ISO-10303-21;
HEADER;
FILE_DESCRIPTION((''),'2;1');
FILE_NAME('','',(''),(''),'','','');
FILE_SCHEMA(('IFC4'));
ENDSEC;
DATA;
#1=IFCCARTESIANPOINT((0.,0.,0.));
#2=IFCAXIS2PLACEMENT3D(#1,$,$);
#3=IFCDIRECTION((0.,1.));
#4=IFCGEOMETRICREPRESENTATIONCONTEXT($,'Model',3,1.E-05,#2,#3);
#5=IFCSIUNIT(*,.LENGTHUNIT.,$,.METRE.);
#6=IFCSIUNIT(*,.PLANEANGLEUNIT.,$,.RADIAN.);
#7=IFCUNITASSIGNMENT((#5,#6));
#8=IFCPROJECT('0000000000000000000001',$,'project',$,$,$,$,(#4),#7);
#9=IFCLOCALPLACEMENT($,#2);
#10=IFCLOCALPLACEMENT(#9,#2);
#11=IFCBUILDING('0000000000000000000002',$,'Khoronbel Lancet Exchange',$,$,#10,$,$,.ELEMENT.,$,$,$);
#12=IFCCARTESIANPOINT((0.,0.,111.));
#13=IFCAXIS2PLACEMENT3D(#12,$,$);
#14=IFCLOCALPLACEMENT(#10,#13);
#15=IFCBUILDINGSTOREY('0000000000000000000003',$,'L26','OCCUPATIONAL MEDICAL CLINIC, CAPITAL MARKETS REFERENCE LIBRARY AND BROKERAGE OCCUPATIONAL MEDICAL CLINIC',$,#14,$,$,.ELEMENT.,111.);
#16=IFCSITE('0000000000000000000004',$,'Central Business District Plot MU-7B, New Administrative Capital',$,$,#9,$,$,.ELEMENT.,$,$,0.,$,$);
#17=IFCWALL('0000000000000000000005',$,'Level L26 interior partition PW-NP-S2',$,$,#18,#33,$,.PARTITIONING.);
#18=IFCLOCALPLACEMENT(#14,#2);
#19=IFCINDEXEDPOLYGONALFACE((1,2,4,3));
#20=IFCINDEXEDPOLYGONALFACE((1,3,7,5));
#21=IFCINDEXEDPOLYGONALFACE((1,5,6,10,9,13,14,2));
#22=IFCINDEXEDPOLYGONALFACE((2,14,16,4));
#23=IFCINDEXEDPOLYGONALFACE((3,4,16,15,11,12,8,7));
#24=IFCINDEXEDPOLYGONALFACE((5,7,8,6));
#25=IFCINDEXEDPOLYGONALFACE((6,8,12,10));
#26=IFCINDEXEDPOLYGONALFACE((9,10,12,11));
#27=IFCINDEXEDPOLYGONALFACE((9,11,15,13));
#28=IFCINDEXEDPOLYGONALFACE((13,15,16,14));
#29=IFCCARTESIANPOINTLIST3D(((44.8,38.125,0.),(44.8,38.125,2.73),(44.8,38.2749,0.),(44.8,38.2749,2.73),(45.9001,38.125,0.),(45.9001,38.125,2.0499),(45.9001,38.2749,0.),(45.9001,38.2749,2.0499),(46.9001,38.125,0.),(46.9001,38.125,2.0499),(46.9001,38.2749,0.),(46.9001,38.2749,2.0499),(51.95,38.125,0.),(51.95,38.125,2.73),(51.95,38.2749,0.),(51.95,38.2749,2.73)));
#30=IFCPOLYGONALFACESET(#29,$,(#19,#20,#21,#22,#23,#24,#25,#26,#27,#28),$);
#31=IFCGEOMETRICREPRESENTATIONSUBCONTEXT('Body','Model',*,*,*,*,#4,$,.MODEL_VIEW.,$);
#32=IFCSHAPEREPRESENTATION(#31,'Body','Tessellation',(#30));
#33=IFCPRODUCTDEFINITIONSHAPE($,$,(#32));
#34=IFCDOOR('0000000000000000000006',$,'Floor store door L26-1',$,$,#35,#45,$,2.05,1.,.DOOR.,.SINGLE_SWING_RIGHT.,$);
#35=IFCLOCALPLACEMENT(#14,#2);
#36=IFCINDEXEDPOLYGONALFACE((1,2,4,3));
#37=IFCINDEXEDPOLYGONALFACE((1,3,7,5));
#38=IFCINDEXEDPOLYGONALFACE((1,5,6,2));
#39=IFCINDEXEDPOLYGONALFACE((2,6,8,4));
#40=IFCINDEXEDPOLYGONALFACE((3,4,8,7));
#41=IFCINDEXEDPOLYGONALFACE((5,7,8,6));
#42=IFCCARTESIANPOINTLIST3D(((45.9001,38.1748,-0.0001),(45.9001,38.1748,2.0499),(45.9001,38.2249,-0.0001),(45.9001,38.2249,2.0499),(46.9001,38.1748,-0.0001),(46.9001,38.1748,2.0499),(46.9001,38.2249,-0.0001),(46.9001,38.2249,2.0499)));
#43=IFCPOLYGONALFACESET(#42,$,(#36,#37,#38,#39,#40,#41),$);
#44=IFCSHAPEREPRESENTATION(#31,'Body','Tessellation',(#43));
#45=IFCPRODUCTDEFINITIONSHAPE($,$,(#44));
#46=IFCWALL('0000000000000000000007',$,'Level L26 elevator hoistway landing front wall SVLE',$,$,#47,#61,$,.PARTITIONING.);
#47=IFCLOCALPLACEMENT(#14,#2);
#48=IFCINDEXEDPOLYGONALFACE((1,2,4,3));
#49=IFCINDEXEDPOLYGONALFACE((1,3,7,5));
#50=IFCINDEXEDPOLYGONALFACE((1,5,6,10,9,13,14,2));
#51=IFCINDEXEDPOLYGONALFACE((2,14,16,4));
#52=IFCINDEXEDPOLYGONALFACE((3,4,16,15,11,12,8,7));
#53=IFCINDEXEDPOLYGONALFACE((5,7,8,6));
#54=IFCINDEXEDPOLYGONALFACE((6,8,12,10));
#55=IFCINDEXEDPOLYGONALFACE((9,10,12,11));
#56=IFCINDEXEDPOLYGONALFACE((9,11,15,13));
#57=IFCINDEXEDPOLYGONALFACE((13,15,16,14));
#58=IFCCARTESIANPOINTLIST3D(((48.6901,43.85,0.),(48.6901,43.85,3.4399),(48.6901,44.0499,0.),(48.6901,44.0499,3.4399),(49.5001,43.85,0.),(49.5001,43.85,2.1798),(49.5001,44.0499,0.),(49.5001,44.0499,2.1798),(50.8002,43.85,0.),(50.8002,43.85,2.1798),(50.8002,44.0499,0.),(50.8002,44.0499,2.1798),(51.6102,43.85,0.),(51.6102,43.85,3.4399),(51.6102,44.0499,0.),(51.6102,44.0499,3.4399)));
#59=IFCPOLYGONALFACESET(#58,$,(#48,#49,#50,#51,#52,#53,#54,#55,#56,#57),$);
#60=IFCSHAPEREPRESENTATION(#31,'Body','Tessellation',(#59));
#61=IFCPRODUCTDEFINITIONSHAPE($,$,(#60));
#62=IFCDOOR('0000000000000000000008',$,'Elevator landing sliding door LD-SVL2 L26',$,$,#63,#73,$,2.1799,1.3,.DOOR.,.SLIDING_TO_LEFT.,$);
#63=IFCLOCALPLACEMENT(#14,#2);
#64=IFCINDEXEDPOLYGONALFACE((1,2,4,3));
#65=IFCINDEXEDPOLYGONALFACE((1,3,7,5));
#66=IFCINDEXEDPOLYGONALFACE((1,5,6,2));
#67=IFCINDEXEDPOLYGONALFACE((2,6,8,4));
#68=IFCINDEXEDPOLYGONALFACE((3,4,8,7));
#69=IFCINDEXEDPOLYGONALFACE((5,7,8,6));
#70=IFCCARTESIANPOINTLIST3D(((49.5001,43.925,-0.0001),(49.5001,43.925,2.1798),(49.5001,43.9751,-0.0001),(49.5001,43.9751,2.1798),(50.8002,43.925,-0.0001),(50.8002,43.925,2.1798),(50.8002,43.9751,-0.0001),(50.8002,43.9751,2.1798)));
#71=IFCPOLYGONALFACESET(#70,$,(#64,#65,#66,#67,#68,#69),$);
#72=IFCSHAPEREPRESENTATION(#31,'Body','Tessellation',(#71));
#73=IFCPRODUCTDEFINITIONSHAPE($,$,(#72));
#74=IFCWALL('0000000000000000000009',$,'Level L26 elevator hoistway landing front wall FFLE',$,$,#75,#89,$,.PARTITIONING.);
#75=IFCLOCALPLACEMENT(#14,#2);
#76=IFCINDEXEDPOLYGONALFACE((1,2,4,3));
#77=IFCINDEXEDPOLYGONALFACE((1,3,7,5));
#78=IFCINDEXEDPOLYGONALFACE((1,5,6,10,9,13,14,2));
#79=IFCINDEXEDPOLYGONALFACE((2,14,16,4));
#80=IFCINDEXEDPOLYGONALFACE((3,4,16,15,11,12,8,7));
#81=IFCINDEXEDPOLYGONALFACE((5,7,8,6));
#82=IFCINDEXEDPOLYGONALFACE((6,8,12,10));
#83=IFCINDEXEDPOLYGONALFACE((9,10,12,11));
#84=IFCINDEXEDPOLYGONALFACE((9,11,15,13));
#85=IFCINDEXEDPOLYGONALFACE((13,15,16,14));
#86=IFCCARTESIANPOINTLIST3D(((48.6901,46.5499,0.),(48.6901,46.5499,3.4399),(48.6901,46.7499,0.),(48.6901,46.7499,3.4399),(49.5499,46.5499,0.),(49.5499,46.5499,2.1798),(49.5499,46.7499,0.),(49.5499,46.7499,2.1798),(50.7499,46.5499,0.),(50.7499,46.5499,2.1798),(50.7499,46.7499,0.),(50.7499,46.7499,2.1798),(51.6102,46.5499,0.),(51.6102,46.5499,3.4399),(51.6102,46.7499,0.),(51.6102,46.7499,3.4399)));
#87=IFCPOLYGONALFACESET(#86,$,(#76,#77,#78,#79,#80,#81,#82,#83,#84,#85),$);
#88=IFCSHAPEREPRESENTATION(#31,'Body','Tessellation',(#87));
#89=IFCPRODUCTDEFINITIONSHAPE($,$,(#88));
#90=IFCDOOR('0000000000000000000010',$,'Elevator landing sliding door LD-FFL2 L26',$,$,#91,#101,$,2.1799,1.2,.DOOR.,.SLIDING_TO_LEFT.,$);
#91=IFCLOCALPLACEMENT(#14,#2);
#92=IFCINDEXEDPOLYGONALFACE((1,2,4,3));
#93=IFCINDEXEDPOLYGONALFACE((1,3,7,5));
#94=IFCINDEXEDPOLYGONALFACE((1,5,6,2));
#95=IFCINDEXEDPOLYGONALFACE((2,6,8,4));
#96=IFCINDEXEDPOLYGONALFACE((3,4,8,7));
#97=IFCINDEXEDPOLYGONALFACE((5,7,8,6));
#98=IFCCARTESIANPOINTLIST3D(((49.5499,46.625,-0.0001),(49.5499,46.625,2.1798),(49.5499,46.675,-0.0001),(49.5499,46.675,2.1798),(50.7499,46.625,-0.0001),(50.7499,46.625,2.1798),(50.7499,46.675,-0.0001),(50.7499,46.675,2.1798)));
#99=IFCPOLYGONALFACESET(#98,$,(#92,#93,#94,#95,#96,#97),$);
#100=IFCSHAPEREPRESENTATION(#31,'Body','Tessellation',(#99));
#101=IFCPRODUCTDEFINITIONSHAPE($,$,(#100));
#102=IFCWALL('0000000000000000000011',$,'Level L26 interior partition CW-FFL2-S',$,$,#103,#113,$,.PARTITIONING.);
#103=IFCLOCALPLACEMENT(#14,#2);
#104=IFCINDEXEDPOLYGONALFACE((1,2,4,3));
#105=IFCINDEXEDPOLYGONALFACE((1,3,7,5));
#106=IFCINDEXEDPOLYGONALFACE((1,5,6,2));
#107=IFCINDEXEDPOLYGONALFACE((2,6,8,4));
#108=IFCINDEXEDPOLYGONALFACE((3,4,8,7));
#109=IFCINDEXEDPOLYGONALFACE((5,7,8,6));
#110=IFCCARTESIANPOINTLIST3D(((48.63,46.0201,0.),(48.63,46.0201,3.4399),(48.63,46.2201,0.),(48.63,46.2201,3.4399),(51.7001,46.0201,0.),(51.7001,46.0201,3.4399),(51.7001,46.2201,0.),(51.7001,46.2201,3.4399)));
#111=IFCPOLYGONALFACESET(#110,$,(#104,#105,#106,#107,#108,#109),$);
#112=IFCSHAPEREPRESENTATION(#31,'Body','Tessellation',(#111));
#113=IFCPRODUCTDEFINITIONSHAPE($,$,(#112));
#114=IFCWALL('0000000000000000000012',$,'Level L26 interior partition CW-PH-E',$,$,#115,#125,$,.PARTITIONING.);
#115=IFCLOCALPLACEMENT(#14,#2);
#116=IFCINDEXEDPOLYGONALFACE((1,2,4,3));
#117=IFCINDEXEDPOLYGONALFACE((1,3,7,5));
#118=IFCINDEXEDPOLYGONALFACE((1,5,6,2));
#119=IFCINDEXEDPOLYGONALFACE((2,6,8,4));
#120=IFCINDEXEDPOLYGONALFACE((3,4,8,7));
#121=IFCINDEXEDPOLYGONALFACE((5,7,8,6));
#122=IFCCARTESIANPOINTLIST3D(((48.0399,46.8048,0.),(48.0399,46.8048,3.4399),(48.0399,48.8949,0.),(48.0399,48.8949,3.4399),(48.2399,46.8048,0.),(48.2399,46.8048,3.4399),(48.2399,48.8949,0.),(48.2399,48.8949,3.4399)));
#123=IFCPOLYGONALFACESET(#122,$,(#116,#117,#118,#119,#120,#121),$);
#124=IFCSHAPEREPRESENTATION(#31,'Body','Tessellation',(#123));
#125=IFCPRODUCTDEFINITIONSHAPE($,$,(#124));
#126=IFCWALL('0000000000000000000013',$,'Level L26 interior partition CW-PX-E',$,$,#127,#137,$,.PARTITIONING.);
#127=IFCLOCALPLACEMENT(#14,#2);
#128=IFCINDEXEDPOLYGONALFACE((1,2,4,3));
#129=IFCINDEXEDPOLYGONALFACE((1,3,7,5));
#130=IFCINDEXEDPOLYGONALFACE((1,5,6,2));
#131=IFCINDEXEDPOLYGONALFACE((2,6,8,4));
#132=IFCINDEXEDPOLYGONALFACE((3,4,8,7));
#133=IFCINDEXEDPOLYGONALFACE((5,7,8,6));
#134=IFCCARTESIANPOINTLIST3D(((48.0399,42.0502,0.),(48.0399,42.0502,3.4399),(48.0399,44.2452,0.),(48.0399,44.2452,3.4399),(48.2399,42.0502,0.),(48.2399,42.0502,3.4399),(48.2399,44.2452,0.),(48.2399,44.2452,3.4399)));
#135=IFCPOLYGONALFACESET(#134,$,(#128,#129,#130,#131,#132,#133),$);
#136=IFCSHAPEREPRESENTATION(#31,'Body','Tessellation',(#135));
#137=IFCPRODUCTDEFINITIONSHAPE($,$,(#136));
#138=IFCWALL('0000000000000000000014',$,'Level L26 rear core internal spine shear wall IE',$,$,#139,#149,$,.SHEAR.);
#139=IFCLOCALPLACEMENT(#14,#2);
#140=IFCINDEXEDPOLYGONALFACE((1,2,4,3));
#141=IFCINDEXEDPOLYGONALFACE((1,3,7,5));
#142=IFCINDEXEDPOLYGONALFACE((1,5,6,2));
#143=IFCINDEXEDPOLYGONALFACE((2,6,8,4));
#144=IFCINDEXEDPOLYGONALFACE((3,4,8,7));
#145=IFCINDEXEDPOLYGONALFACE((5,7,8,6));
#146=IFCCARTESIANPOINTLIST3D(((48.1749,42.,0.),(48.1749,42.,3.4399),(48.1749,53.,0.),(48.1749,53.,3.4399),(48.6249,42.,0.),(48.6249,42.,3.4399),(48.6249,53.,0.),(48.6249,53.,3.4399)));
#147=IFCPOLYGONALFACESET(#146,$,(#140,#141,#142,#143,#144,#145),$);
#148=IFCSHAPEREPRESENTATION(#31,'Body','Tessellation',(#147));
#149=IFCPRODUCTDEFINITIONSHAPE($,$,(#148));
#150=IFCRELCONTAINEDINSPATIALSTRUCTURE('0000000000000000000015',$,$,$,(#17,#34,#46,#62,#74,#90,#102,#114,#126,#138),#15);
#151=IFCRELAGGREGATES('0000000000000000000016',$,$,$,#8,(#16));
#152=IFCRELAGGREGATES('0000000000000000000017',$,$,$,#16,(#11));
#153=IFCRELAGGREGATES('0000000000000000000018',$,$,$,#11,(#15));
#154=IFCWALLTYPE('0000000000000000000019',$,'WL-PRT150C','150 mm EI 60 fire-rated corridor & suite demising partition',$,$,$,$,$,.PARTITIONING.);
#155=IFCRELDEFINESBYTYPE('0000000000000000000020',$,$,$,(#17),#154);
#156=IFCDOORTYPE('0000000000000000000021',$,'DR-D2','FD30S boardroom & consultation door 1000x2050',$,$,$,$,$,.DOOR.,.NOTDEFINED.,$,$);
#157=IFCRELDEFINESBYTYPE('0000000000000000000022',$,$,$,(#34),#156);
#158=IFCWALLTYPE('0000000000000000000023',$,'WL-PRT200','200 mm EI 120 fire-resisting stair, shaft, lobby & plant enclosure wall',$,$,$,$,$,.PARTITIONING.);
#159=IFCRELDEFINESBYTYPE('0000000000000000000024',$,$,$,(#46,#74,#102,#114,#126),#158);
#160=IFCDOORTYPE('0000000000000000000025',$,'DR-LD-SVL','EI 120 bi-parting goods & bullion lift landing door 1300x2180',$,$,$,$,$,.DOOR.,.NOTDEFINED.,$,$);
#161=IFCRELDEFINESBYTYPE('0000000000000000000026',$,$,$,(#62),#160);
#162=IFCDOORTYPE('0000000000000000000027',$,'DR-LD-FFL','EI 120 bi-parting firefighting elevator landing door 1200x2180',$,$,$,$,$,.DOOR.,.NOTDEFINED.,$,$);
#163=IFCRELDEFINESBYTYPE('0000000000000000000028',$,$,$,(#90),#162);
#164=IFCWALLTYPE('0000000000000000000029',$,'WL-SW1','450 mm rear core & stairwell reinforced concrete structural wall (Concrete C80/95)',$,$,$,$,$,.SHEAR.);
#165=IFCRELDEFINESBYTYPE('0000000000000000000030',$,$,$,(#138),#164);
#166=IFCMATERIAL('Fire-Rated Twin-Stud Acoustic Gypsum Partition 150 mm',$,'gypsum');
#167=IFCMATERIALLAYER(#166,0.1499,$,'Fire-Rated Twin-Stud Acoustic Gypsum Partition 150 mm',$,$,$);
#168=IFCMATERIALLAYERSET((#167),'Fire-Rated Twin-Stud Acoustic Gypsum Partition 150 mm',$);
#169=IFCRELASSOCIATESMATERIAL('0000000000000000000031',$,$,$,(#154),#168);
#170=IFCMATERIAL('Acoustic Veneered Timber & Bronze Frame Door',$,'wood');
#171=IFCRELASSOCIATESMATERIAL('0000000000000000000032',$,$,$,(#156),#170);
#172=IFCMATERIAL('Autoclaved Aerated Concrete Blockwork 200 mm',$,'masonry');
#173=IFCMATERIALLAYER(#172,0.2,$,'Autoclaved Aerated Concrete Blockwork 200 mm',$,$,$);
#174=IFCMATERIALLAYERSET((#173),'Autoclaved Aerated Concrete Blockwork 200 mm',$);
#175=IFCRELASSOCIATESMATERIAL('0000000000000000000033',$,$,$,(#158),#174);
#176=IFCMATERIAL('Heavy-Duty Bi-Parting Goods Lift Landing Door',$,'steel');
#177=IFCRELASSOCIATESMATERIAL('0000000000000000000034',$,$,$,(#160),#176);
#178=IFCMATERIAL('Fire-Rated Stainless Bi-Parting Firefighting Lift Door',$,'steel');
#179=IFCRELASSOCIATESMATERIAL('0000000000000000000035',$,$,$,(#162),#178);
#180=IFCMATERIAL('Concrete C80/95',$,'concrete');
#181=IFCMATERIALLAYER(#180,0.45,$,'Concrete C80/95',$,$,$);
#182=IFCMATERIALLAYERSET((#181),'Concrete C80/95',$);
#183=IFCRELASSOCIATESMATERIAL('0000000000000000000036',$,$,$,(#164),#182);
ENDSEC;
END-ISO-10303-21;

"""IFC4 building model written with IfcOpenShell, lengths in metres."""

from ifc_helpers import new_model, si_unit, direction, frame, frame_2d, origin, place, context, subcontext, project, spatial, rectangle, extrude, material, layer, layer_set, type_object, element, fill, save


model = new_model("IFC4")

# Units and contexts
model_context = context("Model", 3, precision=1e-05, world=origin(), true_north=direction((0.0, 1.0)))
body_context = subcontext(model_context, "Body", "Model", "MODEL_VIEW")
ifc_project = project(units=[si_unit("LENGTHUNIT", "METRE"), si_unit("PLANEANGLEUNIT", "RADIAN")], contexts=[model_context])

# Site, building, storey
site_placement = place(None, origin())
site = spatial("IfcSite", under=ifc_project, at=site_placement, Name="Central Business District Plot MU-7B, New Administrative Capital", CompositionType="ELEMENT", RefElevation=0.0)
building_placement = place(site_placement, origin())
building = spatial("IfcBuilding", under=site, at=building_placement, Name="Khoronbel Lancet Exchange", CompositionType="ELEMENT")
storey_placement = place(building_placement, frame((0.0, 0.0, 111.0)))
storey = spatial("IfcBuildingStorey", under=building, at=storey_placement, Name="L26", Description="OCCUPATIONAL MEDICAL CLINIC, CAPITAL MARKETS REFERENCE LIBRARY AND BROKERAGE OCCUPATIONAL MEDICAL CLINIC", CompositionType="ELEMENT", Elevation=111.0)

# Walls, openings, doors
ifc_material_1 = material(Name="Fire-Rated Twin-Stud Acoustic Gypsum Partition 150 mm", Category="gypsum")
ifc_layer_1 = layer(ifc_material_1, 0.1499, Name="Fire-Rated Twin-Stud Acoustic Gypsum Partition 150 mm")
ifc_layer_set_1 = layer_set([ifc_layer_1], Name="Fire-Rated Twin-Stud Acoustic Gypsum Partition 150 mm")
wall_type_1 = type_object("IfcWallType", Name="WL-PRT150C", Description="150 mm EI 60 fire-rated corridor & suite demising partition", PredefinedType="PARTITIONING", material=ifc_layer_set_1)
wall_1_placement = place(storey_placement, frame((44.8, 38.2, 0.0), z_axis=(0.0, 0.0, 1.0), x_axis=(1.0, 0.0, 0.0)))
wall_1 = element("IfcWall", 1, at=wall_1_placement, inside=storey, type_object=wall_type_1, Name="Level L26 interior partition PW-NP-S2", PredefinedType="PARTITIONING", context=body_context, shape_type="SweptSolid", body=[
    extrude(rectangle(XDim=7.1499, YDim=0.1499, at=frame_2d((3.575, 0.0))), origin(), (0.0, 0.0, 1.0), 2.73),
])
opening_1_placement = place(wall_1_placement, frame((1.1001, 0.0, 0.0)))
opening_1 = element("IfcOpeningElement", 2, at=opening_1_placement, cuts=wall_1, PredefinedType="OPENING", context=body_context, shape_type="SweptSolid", body=[
    extrude(rectangle(XDim=1.0, YDim=2.05, at=frame_2d((0.5, 1.0249))), frame((0.0, 0.085, 0.0), z_axis=(0.0, -1.0, 0.0), x_axis=(1.0, 0.0, 0.0)), (0.0, 0.0, 1.0), 0.1699),
])
ifc_material_2 = material(Name="Acoustic Veneered Timber & Bronze Frame Door", Category="wood")
door_type_1 = type_object("IfcDoorType", Name="DR-D2", Description="FD30S boardroom & consultation door 1000x2050", OperationType="NOTDEFINED", PredefinedType="DOOR", material=ifc_material_2)
door_1_placement = place(opening_1_placement, origin())
door_1 = element("IfcDoor", 3, at=door_1_placement, inside=storey, type_object=door_type_1, Name="Floor store door L26-1", OperationType="SINGLE_SWING_RIGHT", OverallHeight=2.05, OverallWidth=1.0, PredefinedType="DOOR", context=body_context, shape_type="SweptSolid", body=[
    extrude(rectangle(XDim=1.0, YDim=2.05, at=frame_2d((0.5, 1.0249))), frame((0.0, 0.0249, 0.0), z_axis=(0.0, -1.0, 0.0), x_axis=(1.0, 0.0, 0.0)), (0.0, 0.0, 1.0), 0.05),
])
fill(opening_1, door_1)
ifc_material_3 = material(Name="Autoclaved Aerated Concrete Blockwork 200 mm", Category="masonry")
ifc_layer_2 = layer(ifc_material_3, 0.2, Name="Autoclaved Aerated Concrete Blockwork 200 mm")
ifc_layer_set_2 = layer_set([ifc_layer_2], Name="Autoclaved Aerated Concrete Blockwork 200 mm")
wall_type_2 = type_object("IfcWallType", Name="WL-PRT200", Description="200 mm EI 120 fire-resisting stair, shaft, lobby & plant enclosure wall", PredefinedType="PARTITIONING", material=ifc_layer_set_2)
wall_2_placement = place(storey_placement, frame((51.6101, 43.95, 0.0), z_axis=(0.0, 0.0, 1.0), x_axis=(-1.0, 0.0, 0.0)))
wall_2 = element("IfcWall", 4, at=wall_2_placement, inside=storey, type_object=wall_type_2, Name="Level L26 elevator hoistway landing front wall SVLE", PredefinedType="PARTITIONING", context=body_context, shape_type="SweptSolid", body=[
    extrude(rectangle(XDim=2.9202, YDim=0.2, at=frame_2d((1.46, 0.0))), origin(), (0.0, 0.0, 1.0), 3.4399),
])
opening_2_placement = place(wall_2_placement, frame((0.8101, 0.0, 0.0)))
opening_2 = element("IfcOpeningElement", 5, at=opening_2_placement, cuts=wall_2, PredefinedType="OPENING", context=body_context, shape_type="SweptSolid", body=[
    extrude(rectangle(XDim=1.3, YDim=2.1799, at=frame_2d((0.6499, 1.0898))), frame((0.0, 0.1099, 0.0), z_axis=(0.0, -1.0, 0.0), x_axis=(1.0, 0.0, 0.0)), (0.0, 0.0, 1.0), 0.22),
])
ifc_material_4 = material(Name="Heavy-Duty Bi-Parting Goods Lift Landing Door", Category="steel")
door_type_2 = type_object("IfcDoorType", Name="DR-LD-SVL", Description="EI 120 bi-parting goods & bullion lift landing door 1300x2180", OperationType="NOTDEFINED", PredefinedType="DOOR", material=ifc_material_4)
door_2_placement = place(opening_2_placement, origin())
door_2 = element("IfcDoor", 6, at=door_2_placement, inside=storey, type_object=door_type_2, Name="Elevator landing sliding door LD-SVL2 L26", OperationType="SLIDING_TO_LEFT", OverallHeight=2.1799, OverallWidth=1.3, PredefinedType="DOOR", context=body_context, shape_type="SweptSolid", body=[
    extrude(rectangle(XDim=1.3, YDim=2.1799, at=frame_2d((0.6499, 1.0898))), frame((0.0, 0.0249, 0.0), z_axis=(0.0, -1.0, 0.0), x_axis=(1.0, 0.0, 0.0)), (0.0, 0.0, 1.0), 0.05),
])
fill(opening_2, door_2)
wall_3_placement = place(storey_placement, frame((51.6101, 46.6499, 0.0), z_axis=(0.0, 0.0, 1.0), x_axis=(-1.0, 0.0, 0.0)))
wall_3 = element("IfcWall", 7, at=wall_3_placement, inside=storey, type_object=wall_type_2, Name="Level L26 elevator hoistway landing front wall FFLE", PredefinedType="PARTITIONING", context=body_context, shape_type="SweptSolid", body=[
    extrude(rectangle(XDim=2.9202, YDim=0.2, at=frame_2d((1.46, 0.0))), origin(), (0.0, 0.0, 1.0), 3.4399),
])
opening_3_placement = place(wall_3_placement, frame((0.8601, 0.0, 0.0)))
opening_3 = element("IfcOpeningElement", 8, at=opening_3_placement, cuts=wall_3, PredefinedType="OPENING", context=body_context, shape_type="SweptSolid", body=[
    extrude(rectangle(XDim=1.2, YDim=2.1799, at=frame_2d((0.6001, 1.0898))), frame((0.0, 0.1099, 0.0), z_axis=(0.0, -1.0, 0.0), x_axis=(1.0, 0.0, 0.0)), (0.0, 0.0, 1.0), 0.22),
])
ifc_material_5 = material(Name="Fire-Rated Stainless Bi-Parting Firefighting Lift Door", Category="steel")
door_type_3 = type_object("IfcDoorType", Name="DR-LD-FFL", Description="EI 120 bi-parting firefighting elevator landing door 1200x2180", OperationType="NOTDEFINED", PredefinedType="DOOR", material=ifc_material_5)
door_3_placement = place(opening_3_placement, origin())
door_3 = element("IfcDoor", 9, at=door_3_placement, inside=storey, type_object=door_type_3, Name="Elevator landing sliding door LD-FFL2 L26", OperationType="SLIDING_TO_LEFT", OverallHeight=2.1799, OverallWidth=1.2, PredefinedType="DOOR", context=body_context, shape_type="SweptSolid", body=[
    extrude(rectangle(XDim=1.2, YDim=2.1799, at=frame_2d((0.6001, 1.0898))), frame((0.0, 0.0249, 0.0), z_axis=(0.0, -1.0, 0.0), x_axis=(1.0, 0.0, 0.0)), (0.0, 0.0, 1.0), 0.05),
])
fill(opening_3, door_3)

# Wall
wall_4_placement = place(storey_placement, frame((48.6299, 46.1201, 0.0), z_axis=(0.0, 0.0, 1.0), x_axis=(1.0, 0.0, 0.0)))
element("IfcWall", 10, at=wall_4_placement, inside=storey, type_object=wall_type_2, Name="Level L26 interior partition CW-FFL2-S", PredefinedType="PARTITIONING", context=body_context, shape_type="SweptSolid", body=[
    extrude(rectangle(XDim=3.0701, YDim=0.2, at=frame_2d((1.5352, 0.0))), origin(), (0.0, 0.0, 1.0), 3.4399),
])

# Walls
wall_5_placement = place(storey_placement, frame((48.1399, 46.8049, 0.0), z_axis=(0.0, 0.0, 1.0), x_axis=(0.0, 1.0, 0.0)))
element("IfcWall", 11, at=wall_5_placement, inside=storey, type_object=wall_type_2, Name="Level L26 interior partition CW-PH-E", PredefinedType="PARTITIONING", context=body_context, shape_type="SweptSolid", body=[
    extrude(rectangle(XDim=2.0901, YDim=0.2, at=frame_2d((1.0449, 0.0))), origin(), (0.0, 0.0, 1.0), 3.4399),
])
wall_6_placement = place(storey_placement, frame((48.1399, 42.05, 0.0), z_axis=(0.0, 0.0, 1.0), x_axis=(0.0, 1.0, 0.0)))
element("IfcWall", 12, at=wall_6_placement, inside=storey, type_object=wall_type_2, Name="Level L26 interior partition CW-PX-E", PredefinedType="PARTITIONING", context=body_context, shape_type="SweptSolid", body=[
    extrude(rectangle(XDim=2.1951, YDim=0.2, at=frame_2d((1.0977, 0.0))), origin(), (0.0, 0.0, 1.0), 3.4399),
])
ifc_material_6 = material(Name="Concrete C80/95", Category="concrete")
ifc_layer_3 = layer(ifc_material_6, 0.45, Name="Concrete C80/95")
ifc_layer_set_3 = layer_set([ifc_layer_3], Name="Concrete C80/95")
wall_type_3 = type_object("IfcWallType", Name="WL-SW1", Description="450 mm rear core & stairwell reinforced concrete structural wall (Concrete C80/95)", PredefinedType="SHEAR", material=ifc_layer_set_3)
wall_7_placement = place(storey_placement, frame((48.3999, 42.0, 0.0), z_axis=(0.0, 0.0, 1.0), x_axis=(0.0, 1.0, 0.0)))
element("IfcWall", 13, at=wall_7_placement, inside=storey, type_object=wall_type_3, Name="Level L26 rear core internal spine shear wall IE", PredefinedType="SHEAR", context=body_context, shape_type="SweptSolid", body=[
    extrude(rectangle(XDim=11.0, YDim=0.45, at=frame_2d((5.5, 0.0))), origin(), (0.0, 0.0, 1.0), 3.4399),
])

save(model, "model.ifc")
